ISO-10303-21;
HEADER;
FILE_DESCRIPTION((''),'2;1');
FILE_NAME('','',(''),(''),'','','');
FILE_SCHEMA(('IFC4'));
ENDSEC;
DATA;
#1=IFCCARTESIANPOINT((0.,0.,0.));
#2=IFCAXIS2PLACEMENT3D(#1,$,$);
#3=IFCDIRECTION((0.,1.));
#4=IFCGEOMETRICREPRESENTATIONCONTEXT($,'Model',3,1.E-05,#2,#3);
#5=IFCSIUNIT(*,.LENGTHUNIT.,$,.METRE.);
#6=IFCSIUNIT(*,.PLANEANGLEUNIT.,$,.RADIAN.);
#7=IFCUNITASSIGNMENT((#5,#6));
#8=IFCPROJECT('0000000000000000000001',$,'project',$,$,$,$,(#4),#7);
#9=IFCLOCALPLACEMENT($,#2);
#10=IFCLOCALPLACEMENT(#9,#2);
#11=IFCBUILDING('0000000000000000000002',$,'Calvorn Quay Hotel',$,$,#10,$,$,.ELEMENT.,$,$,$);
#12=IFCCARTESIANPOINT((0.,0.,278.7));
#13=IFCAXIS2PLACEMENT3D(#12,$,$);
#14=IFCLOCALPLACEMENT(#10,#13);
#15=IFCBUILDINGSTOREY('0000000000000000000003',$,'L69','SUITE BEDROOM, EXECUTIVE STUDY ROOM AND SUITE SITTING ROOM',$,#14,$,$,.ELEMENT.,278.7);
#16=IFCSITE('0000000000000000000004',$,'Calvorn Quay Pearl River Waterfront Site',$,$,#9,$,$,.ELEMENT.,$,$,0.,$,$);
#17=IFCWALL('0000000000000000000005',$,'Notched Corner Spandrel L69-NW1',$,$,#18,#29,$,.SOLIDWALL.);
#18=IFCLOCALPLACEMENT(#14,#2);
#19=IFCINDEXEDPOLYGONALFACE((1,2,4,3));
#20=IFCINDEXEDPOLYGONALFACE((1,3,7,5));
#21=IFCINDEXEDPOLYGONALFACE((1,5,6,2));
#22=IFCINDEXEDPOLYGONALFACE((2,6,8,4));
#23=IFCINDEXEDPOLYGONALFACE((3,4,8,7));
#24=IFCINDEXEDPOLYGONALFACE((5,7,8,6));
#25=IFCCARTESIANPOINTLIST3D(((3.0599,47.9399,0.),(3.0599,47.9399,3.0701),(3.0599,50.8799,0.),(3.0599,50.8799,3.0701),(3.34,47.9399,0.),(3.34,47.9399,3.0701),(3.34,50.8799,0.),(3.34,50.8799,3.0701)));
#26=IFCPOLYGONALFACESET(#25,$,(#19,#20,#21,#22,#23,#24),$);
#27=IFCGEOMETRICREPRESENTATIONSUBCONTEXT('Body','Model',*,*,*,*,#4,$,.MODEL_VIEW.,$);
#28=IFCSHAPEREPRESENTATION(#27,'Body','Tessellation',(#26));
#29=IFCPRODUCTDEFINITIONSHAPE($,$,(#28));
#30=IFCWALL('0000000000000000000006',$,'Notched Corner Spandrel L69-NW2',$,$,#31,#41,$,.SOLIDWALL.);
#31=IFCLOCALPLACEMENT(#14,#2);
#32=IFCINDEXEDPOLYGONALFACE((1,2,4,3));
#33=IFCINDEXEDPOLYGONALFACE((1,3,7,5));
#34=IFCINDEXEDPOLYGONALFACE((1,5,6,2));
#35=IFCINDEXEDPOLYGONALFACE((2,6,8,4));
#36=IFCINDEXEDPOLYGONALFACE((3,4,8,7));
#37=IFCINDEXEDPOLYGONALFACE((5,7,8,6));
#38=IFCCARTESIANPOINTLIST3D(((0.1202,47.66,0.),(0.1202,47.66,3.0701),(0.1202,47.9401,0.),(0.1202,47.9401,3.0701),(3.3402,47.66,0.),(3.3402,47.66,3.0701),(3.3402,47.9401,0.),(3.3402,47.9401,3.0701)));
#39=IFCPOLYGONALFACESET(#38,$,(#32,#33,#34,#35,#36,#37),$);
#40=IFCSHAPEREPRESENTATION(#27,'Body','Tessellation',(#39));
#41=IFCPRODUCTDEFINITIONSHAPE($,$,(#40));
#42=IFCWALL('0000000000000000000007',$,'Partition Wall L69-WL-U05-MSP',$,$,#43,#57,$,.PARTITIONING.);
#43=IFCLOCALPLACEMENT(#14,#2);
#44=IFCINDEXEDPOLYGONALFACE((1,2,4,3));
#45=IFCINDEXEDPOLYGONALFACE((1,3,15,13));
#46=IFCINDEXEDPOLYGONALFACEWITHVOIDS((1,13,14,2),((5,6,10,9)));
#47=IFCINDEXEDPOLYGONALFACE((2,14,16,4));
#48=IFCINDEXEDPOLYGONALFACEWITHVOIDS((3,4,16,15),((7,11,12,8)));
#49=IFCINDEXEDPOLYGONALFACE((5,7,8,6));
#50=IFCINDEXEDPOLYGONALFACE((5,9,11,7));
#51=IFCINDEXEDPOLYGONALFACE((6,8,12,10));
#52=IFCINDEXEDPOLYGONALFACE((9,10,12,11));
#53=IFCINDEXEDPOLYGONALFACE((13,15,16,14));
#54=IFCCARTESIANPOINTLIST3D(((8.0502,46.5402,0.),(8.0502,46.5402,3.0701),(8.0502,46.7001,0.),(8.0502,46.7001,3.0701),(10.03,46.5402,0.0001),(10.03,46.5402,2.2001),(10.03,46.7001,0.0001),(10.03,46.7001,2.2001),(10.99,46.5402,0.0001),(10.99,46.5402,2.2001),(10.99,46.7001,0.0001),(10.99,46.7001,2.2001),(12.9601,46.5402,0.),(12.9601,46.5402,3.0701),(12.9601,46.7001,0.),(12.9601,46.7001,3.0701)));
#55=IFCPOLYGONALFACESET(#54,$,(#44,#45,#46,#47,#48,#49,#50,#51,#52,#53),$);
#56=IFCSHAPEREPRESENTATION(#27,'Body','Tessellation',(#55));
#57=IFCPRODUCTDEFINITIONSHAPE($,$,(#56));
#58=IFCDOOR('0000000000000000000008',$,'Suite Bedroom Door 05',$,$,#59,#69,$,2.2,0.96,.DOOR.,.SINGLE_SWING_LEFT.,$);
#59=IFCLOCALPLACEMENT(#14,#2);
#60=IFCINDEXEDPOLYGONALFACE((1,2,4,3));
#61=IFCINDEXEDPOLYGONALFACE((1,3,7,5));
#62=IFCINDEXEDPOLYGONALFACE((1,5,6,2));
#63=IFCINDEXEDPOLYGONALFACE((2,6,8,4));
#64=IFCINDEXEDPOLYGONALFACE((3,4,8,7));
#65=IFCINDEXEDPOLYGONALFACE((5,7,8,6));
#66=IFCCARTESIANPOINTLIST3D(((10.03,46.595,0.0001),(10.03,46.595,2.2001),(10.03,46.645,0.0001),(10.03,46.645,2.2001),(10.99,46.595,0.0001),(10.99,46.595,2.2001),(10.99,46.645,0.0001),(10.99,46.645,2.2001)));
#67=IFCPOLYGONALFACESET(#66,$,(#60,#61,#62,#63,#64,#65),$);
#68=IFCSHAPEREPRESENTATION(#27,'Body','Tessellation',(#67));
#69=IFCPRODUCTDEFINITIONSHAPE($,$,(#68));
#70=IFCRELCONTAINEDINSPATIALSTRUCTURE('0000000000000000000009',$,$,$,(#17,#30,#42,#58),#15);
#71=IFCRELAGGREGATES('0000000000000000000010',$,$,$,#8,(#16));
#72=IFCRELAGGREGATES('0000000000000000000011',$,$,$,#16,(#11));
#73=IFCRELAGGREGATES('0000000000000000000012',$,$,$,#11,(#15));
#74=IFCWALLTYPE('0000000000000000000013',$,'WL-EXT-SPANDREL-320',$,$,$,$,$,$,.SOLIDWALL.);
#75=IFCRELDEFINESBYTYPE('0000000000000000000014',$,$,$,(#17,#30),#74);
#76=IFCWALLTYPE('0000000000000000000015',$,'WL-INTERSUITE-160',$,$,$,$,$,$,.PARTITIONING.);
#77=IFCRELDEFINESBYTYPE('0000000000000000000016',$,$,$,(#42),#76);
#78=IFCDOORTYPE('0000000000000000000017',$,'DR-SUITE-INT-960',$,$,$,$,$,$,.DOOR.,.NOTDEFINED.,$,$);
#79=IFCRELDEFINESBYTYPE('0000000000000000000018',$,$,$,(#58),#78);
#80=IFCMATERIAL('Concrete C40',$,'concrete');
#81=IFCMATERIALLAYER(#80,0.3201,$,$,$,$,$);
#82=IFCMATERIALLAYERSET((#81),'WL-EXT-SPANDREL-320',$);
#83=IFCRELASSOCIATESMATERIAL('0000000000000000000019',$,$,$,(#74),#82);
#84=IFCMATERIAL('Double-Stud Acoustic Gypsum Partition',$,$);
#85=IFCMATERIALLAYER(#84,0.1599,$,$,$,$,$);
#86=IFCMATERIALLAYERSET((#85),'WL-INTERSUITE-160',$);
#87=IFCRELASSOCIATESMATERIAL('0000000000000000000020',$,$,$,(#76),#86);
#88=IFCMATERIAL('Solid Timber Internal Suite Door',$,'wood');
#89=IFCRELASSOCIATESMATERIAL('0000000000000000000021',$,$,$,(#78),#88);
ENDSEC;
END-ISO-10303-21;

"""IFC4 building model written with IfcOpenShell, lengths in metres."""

from ifc_helpers import new_model, si_unit, direction, frame, frame_2d, origin, place, context, subcontext, project, spatial, rectangle, extrude, material, layer, layer_set, type_object, element, fill, save


model = new_model("IFC4")

# Units and contexts
model_context = context("Model", 3, precision=1e-05, world=origin(), true_north=direction((0.0, 1.0)))
body_context = subcontext(model_context, "Body", "Model", "MODEL_VIEW")
ifc_project = project(units=[si_unit("LENGTHUNIT", "METRE"), si_unit("PLANEANGLEUNIT", "RADIAN")], contexts=[model_context])

# Site, building, storey
site_placement = place(None, origin())
site = spatial("IfcSite", under=ifc_project, at=site_placement, Name="Calvorn Quay Pearl River Waterfront Site", CompositionType="ELEMENT", RefElevation=0.0)
building_placement = place(site_placement, origin())
building = spatial("IfcBuilding", under=site, at=building_placement, Name="Calvorn Quay Hotel", CompositionType="ELEMENT")
storey_placement = place(building_placement, frame((0.0, 0.0, 278.7)))
storey = spatial("IfcBuildingStorey", under=building, at=storey_placement, Name="L69", Description="SUITE BEDROOM, EXECUTIVE STUDY ROOM AND SUITE SITTING ROOM", CompositionType="ELEMENT", Elevation=278.7)

# Walls
ifc_material_1 = material(Name="Concrete C40", Category="concrete")
ifc_layer_1 = layer(ifc_material_1, 0.3201)
ifc_layer_set_1 = layer_set([ifc_layer_1], Name="WL-EXT-SPANDREL-320")
wall_type_1 = type_object("IfcWallType", Name="WL-EXT-SPANDREL-320", PredefinedType="SOLIDWALL", material=ifc_layer_set_1)
wall_1_placement = place(storey_placement, frame((3.2, 50.8799, 0.0), z_axis=(0.0, 0.0, 1.0), x_axis=(0.0, -1.0, 0.0)))
element("IfcWall", 1, at=wall_1_placement, inside=storey, type_object=wall_type_1, Name="Notched Corner Spandrel L69-NW1", PredefinedType="SOLIDWALL", context=body_context, shape_type="SweptSolid", body=[
    extrude(rectangle(XDim=2.9399, YDim=0.28, at=frame_2d((1.47, 0.0))), origin(), (0.0, 0.0, 1.0), 3.0701),
])
wall_2_placement = place(storey_placement, frame((3.3401, 47.8, 0.0), z_axis=(0.0, 0.0, 1.0), x_axis=(-1.0, 0.0, 0.0)))
element("IfcWall", 2, at=wall_2_placement, inside=storey, type_object=wall_type_1, Name="Notched Corner Spandrel L69-NW2", PredefinedType="SOLIDWALL", context=body_context, shape_type="SweptSolid", body=[
    extrude(rectangle(XDim=3.22, YDim=0.28, at=frame_2d((1.6099, 0.0))), origin(), (0.0, 0.0, 1.0), 3.0701),
])

# Wall, opening, door
ifc_material_2 = material(Name="Double-Stud Acoustic Gypsum Partition")
ifc_layer_2 = layer(ifc_material_2, 0.1599)
ifc_layer_set_2 = layer_set([ifc_layer_2], Name="WL-INTERSUITE-160")
wall_type_2 = type_object("IfcWallType", Name="WL-INTERSUITE-160", PredefinedType="PARTITIONING", material=ifc_layer_set_2)
wall_3_placement = place(storey_placement, frame((8.05, 46.6201, 0.0), z_axis=(0.0, 0.0, 1.0), x_axis=(1.0, 0.0, 0.0)))
wall_3 = element("IfcWall", 3, at=wall_3_placement, inside=storey, type_object=wall_type_2, Name="Partition Wall L69-WL-U05-MSP", PredefinedType="PARTITIONING", context=body_context, shape_type="SweptSolid", body=[
    extrude(rectangle(XDim=4.9099, YDim=0.1599, at=frame_2d((2.4551, 0.0))), origin(), (0.0, 0.0, 1.0), 3.0701),
])
opening_placement = place(wall_3_placement, frame((1.98, 0.0, 0.0)))
opening = element("IfcOpeningElement", 4, at=opening_placement, cuts=wall_3, PredefinedType="OPENING", context=body_context, shape_type="SweptSolid", body=[
    extrude(rectangle(XDim=0.96, YDim=2.2, at=frame_2d((0.48, 1.1001))), frame((0.0, 0.0898, 0.0), z_axis=(0.0, -1.0, 0.0), x_axis=(1.0, 0.0, 0.0)), (0.0, 0.0, 1.0), 0.1799),
])
ifc_material_3 = material(Name="Solid Timber Internal Suite Door", Category="wood")
door_type = type_object("IfcDoorType", Name="DR-SUITE-INT-960", OperationType="NOTDEFINED", PredefinedType="DOOR", material=ifc_material_3)
door_placement = place(opening_placement, origin())
door = element("IfcDoor", 5, at=door_placement, inside=storey, type_object=door_type, Name="Suite Bedroom Door 05", OperationType="SINGLE_SWING_LEFT", OverallHeight=2.2, OverallWidth=0.96, PredefinedType="DOOR", context=body_context, shape_type="SweptSolid", body=[
    extrude(rectangle(XDim=0.96, YDim=2.2, at=frame_2d((0.48, 1.1001))), frame((0.0, 0.0249, 0.0), z_axis=(0.0, -1.0, 0.0), x_axis=(1.0, 0.0, 0.0)), (0.0, 0.0, 1.0), 0.05),
])
fill(opening, door)

save(model, "model.ifc")
